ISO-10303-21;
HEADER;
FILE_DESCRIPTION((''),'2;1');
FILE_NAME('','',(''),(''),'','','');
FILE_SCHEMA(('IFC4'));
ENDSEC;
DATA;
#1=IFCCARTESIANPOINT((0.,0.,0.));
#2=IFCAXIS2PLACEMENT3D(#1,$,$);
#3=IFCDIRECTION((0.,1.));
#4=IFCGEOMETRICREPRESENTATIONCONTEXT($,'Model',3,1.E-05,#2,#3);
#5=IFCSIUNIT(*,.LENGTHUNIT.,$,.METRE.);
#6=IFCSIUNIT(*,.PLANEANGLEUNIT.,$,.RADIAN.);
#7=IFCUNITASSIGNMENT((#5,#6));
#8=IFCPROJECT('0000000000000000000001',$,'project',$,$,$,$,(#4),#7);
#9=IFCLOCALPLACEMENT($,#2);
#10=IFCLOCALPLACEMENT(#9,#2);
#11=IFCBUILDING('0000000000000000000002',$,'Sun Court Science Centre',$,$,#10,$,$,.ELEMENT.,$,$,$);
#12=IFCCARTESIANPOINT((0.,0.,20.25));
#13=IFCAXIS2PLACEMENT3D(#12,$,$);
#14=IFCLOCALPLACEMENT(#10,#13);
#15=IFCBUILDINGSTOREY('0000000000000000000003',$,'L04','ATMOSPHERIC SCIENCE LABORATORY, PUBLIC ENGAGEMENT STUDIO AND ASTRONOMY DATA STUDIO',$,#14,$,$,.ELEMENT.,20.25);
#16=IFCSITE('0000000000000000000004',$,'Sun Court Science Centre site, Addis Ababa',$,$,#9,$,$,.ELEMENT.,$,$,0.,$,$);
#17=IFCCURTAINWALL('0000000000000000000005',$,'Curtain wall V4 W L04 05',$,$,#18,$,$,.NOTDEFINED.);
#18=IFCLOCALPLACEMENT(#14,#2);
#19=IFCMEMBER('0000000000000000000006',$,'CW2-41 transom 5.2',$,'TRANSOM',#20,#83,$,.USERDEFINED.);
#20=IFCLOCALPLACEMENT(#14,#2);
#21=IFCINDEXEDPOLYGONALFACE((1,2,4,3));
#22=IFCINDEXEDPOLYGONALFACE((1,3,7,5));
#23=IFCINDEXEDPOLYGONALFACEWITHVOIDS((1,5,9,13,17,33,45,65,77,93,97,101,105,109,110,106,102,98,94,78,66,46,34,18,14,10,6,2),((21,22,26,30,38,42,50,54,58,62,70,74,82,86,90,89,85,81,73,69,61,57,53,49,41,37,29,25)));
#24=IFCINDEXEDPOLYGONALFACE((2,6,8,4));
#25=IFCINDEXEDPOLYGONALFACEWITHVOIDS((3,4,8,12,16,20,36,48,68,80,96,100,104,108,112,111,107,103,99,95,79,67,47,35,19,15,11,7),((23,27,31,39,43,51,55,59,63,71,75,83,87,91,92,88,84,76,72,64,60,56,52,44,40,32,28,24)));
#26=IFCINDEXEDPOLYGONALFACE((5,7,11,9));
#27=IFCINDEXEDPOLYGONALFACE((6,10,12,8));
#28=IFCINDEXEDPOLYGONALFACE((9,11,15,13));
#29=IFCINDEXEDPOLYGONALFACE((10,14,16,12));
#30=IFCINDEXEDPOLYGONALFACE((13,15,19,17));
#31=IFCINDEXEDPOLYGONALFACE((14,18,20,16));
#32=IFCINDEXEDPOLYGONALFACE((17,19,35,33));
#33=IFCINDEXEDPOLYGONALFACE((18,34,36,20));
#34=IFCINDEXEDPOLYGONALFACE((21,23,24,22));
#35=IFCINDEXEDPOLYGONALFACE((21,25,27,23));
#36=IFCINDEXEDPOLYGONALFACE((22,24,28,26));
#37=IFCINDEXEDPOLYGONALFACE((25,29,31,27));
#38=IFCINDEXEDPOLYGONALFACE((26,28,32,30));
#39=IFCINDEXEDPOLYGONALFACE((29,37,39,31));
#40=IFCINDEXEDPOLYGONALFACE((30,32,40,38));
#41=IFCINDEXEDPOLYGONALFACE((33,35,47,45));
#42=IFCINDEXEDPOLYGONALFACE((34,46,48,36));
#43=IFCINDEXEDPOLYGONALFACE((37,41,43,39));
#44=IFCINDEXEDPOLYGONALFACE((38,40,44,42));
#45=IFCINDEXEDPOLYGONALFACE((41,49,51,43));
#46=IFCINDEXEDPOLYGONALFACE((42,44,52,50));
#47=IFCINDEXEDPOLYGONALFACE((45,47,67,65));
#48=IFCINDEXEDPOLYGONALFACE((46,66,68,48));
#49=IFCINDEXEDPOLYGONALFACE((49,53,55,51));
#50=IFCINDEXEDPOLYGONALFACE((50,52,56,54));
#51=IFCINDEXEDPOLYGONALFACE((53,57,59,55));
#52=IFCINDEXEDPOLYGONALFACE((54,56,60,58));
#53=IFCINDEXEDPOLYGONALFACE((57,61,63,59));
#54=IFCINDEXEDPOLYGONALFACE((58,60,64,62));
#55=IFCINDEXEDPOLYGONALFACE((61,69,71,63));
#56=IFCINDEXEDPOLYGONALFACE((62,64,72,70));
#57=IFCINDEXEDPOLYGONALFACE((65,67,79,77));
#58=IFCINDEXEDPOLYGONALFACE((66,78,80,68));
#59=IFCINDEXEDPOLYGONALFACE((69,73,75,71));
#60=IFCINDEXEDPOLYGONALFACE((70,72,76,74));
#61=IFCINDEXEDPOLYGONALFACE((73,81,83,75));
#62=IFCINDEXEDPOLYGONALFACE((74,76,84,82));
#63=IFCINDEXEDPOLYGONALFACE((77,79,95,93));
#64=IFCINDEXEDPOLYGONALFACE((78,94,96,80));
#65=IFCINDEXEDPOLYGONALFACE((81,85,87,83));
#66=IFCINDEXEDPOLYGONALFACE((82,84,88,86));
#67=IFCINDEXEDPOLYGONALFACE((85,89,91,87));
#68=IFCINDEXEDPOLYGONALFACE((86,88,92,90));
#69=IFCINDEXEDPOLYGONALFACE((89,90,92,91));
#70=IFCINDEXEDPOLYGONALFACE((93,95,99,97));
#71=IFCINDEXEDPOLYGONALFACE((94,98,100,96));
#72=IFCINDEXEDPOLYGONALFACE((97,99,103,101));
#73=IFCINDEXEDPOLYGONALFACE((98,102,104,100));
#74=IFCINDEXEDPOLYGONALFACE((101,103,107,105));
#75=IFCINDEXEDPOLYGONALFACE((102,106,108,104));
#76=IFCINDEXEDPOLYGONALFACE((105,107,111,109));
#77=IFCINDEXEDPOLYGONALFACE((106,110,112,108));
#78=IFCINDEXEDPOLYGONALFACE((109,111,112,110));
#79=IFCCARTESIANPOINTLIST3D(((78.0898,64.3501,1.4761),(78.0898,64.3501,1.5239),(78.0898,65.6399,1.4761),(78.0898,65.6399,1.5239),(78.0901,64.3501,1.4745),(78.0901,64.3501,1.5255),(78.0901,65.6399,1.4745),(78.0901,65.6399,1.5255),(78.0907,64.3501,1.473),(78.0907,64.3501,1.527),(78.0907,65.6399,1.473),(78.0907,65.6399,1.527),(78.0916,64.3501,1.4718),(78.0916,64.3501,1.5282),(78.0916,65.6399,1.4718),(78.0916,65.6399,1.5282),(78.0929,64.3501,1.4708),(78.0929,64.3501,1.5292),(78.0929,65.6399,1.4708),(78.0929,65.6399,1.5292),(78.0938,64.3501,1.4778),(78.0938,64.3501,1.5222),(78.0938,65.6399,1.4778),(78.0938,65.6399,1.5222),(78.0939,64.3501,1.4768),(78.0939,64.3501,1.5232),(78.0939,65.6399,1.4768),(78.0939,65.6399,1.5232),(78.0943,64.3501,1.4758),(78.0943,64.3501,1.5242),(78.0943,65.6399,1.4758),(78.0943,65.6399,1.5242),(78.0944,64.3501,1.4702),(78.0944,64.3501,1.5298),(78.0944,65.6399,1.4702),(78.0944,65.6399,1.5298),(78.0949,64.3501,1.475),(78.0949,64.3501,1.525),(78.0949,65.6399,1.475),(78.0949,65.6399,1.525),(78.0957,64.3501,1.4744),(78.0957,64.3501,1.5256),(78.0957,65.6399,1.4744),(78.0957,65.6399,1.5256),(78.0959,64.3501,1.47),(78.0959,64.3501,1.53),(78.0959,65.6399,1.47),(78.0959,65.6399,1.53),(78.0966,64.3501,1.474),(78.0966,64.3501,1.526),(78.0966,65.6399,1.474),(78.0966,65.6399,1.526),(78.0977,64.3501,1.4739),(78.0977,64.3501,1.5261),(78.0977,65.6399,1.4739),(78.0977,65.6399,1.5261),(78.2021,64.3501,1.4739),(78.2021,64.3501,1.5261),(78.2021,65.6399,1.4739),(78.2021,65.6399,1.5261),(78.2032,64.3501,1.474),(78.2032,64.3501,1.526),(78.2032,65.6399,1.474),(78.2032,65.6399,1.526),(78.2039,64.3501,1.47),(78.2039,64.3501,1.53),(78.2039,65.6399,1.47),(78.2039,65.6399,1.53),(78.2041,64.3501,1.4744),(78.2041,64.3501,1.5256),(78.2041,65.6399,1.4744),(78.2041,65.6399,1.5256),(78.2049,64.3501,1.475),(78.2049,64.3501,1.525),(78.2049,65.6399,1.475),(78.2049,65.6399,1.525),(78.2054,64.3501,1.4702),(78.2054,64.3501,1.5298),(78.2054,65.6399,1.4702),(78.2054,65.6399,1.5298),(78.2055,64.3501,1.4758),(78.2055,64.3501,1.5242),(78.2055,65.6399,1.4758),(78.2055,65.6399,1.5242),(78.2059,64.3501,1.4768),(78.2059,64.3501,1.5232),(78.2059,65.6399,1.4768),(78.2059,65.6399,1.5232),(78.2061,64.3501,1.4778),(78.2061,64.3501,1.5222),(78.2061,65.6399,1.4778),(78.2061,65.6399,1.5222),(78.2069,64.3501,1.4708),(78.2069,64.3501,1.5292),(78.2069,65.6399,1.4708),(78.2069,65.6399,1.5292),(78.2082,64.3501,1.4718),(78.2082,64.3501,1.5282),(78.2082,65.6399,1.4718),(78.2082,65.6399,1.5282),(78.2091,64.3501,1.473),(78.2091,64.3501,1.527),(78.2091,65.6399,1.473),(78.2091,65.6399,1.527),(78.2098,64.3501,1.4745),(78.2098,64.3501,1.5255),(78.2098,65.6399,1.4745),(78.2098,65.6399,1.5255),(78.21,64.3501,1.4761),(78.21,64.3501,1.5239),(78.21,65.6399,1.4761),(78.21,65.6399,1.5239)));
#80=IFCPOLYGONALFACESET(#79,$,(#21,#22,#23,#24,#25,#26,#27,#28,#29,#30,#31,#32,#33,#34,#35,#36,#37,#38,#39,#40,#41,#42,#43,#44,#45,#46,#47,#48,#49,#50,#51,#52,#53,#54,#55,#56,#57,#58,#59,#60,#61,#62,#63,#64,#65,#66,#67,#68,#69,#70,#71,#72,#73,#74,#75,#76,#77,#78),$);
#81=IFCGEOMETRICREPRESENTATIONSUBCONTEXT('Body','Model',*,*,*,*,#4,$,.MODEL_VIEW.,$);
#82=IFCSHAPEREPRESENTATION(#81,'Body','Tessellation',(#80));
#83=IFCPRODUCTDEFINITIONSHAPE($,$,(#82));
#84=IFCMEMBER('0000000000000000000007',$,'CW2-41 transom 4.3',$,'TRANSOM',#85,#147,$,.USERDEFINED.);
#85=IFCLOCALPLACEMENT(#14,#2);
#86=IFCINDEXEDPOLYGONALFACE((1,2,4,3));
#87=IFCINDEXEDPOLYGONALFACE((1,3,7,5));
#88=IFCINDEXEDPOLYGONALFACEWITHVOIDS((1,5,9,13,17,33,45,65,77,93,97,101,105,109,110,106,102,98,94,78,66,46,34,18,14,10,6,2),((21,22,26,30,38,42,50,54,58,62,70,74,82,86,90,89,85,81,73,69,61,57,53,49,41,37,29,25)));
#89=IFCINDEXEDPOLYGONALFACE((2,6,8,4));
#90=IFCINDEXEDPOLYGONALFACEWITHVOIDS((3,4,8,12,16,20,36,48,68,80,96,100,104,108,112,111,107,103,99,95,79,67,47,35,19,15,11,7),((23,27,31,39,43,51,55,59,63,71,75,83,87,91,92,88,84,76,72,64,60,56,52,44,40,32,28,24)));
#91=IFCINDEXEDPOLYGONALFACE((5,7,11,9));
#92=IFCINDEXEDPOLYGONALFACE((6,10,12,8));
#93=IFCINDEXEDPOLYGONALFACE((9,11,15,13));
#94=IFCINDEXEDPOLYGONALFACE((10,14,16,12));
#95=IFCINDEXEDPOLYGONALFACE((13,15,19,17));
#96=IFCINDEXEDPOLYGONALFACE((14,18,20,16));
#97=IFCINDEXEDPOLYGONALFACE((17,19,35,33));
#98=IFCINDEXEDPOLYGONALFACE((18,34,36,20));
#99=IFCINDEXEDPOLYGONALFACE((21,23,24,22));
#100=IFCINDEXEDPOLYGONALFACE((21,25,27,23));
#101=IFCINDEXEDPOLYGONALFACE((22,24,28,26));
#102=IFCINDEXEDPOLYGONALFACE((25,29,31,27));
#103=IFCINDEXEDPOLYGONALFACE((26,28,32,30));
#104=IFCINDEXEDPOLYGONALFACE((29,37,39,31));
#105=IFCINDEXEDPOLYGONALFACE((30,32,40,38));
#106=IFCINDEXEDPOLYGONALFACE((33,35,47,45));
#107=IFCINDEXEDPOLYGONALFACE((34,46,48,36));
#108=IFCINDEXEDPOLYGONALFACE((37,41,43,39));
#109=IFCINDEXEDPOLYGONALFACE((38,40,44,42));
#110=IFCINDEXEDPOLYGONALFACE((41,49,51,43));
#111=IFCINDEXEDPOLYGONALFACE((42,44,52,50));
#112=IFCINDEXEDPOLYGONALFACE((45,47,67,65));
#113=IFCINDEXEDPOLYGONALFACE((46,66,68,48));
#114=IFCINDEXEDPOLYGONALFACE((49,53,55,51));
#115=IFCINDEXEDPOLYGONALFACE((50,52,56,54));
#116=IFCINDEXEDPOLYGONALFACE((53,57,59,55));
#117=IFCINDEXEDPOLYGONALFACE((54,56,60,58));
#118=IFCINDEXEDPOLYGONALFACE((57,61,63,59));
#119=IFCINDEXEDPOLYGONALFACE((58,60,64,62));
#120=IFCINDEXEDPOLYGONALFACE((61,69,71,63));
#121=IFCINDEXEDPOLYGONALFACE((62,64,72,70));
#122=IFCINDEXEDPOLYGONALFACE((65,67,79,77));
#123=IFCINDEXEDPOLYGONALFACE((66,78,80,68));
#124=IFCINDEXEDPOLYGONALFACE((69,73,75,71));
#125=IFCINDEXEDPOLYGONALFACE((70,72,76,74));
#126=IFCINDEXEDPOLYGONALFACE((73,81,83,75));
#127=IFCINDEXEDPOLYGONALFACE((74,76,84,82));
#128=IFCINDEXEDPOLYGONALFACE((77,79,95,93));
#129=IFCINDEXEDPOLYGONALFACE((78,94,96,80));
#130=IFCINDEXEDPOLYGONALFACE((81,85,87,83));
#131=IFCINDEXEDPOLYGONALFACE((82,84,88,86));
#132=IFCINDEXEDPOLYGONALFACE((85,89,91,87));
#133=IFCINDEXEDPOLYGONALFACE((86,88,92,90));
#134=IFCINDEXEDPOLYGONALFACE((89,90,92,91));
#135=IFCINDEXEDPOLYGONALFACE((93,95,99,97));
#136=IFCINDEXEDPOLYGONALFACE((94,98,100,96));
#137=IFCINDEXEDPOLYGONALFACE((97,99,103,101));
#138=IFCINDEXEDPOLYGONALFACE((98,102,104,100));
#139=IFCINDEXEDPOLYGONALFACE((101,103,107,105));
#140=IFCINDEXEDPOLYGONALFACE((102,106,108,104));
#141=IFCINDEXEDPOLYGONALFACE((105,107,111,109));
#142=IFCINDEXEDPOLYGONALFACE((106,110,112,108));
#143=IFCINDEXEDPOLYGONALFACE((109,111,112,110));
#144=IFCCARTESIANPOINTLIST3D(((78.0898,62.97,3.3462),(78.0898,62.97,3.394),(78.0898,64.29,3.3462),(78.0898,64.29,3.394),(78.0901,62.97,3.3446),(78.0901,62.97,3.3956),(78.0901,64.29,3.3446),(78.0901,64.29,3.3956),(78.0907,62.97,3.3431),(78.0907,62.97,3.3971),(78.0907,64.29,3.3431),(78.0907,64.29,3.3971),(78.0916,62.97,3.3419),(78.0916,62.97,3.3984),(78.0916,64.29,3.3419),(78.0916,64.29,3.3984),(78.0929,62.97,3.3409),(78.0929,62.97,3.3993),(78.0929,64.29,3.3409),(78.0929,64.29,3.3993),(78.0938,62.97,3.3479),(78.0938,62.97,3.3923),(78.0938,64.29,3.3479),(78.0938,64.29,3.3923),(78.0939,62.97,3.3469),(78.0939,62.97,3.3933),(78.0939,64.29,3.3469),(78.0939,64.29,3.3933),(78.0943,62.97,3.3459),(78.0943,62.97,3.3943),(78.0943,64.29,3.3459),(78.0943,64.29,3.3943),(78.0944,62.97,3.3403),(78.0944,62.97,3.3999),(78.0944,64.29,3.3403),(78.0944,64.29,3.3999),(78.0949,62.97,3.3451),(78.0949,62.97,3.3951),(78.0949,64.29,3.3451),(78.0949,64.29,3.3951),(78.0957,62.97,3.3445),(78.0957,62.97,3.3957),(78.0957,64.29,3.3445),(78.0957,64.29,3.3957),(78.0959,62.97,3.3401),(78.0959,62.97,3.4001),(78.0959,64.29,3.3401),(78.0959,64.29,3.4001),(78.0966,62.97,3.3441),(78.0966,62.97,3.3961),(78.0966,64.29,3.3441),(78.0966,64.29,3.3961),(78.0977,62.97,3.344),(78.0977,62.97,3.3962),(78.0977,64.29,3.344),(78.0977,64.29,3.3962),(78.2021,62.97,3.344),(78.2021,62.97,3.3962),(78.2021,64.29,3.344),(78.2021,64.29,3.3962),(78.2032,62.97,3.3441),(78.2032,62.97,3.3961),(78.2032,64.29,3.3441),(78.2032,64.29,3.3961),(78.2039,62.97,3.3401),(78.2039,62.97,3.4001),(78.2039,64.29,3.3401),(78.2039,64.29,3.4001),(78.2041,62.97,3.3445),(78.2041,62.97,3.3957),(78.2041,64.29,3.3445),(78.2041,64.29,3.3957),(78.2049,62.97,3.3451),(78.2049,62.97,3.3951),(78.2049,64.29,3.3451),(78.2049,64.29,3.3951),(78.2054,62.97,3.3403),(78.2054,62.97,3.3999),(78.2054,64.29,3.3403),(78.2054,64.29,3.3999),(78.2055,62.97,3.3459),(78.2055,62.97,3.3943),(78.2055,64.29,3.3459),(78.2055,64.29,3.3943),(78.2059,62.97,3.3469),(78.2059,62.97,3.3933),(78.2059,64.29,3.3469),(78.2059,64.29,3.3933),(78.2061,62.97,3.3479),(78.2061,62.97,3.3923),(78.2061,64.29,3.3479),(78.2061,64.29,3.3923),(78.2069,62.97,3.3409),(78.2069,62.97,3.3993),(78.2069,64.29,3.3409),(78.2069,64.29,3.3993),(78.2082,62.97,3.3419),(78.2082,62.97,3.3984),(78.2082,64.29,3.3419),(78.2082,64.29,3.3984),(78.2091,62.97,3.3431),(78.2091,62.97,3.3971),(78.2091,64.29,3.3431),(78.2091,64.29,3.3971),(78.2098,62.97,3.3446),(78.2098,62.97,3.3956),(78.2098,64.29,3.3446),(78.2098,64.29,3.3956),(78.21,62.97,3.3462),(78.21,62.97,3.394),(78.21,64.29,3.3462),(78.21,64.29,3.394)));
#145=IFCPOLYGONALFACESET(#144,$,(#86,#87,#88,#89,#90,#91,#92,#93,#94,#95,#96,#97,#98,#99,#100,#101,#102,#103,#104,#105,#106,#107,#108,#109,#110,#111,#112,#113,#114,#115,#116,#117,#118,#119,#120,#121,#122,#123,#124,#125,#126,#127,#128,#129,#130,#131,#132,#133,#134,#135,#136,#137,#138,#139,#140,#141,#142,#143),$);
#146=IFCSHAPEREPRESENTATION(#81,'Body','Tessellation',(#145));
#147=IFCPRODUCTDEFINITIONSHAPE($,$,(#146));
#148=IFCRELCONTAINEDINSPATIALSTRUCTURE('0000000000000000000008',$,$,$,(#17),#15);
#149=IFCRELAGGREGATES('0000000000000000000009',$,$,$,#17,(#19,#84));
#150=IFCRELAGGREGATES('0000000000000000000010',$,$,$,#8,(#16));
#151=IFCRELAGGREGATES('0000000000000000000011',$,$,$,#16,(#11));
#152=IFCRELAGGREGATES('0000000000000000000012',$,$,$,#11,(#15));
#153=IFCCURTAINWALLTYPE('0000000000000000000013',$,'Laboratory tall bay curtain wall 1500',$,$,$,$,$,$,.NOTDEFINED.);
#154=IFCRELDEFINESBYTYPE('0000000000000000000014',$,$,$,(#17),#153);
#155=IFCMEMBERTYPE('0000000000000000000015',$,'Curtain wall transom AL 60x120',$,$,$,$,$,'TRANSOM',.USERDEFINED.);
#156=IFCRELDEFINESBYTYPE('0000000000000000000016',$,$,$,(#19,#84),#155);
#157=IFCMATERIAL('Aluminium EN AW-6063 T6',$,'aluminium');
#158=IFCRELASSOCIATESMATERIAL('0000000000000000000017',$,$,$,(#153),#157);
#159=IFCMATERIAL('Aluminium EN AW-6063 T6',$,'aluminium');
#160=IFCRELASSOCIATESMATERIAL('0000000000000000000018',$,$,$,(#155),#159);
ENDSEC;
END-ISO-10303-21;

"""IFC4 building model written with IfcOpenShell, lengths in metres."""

from ifc_helpers import new_model, si_unit, direction, frame, origin, origin_2d, place, context, subcontext, project, spatial, hollow_rectangle, extrude, material, material_profile, profile_set, type_object, element, aggregate, save


model = new_model("IFC4")

# Units and contexts
model_context = context("Model", 3, precision=1e-05, world=origin(), true_north=direction((0.0, 1.0)))
body_context = subcontext(model_context, "Body", "Model", "MODEL_VIEW")
ifc_project = project(units=[si_unit("LENGTHUNIT", "METRE"), si_unit("PLANEANGLEUNIT", "RADIAN")], contexts=[model_context])

# Site, building, storey
site_placement = place(None, origin())
site = spatial("IfcSite", under=ifc_project, at=site_placement, Name="Sun Court Science Centre site, Addis Ababa", CompositionType="ELEMENT", RefElevation=0.0)
building_placement = place(site_placement, origin())
building = spatial("IfcBuilding", under=site, at=building_placement, Name="Sun Court Science Centre", CompositionType="ELEMENT")
storey_placement = place(building_placement, frame((0.0, 0.0, 20.25)))
storey = spatial("IfcBuildingStorey", under=building, at=storey_placement, Name="L04", Description="ATMOSPHERIC SCIENCE LABORATORY, PUBLIC ENGAGEMENT STUDIO AND ASTRONOMY DATA STUDIO", CompositionType="ELEMENT", Elevation=20.25)

# Curtain wall
ifc_material_1 = material(Name="Aluminium EN AW-6063 T6", Category="aluminium")
curtain_wall_type = type_object("IfcCurtainWallType", Name="Laboratory tall bay curtain wall 1500", PredefinedType="NOTDEFINED", material=ifc_material_1)
curtain_wall_1_placement = place(storey_placement, origin())
curtain_wall_1 = element("IfcCurtainWall", 1, at=curtain_wall_1_placement, inside=storey, type_object=curtain_wall_type, Name="Curtain wall V4 W L04 05", PredefinedType="NOTDEFINED")

# Members
ifc_material_2 = material(Name="Aluminium EN AW-6063 T6", Category="aluminium")
ifc_material_profile_1 = material_profile(ifc_material_2, hollow_rectangle(XDim=0.0601, YDim=0.1201, WallThickness=0.0039, InnerFilletRadius=0.0039, OuterFilletRadius=0.0061, at=origin_2d()), Name="AL 60x120x4")
ifc_profile_set_1 = profile_set([ifc_material_profile_1], Name="Aluminium EN AW-6063 T6")
member_type_1 = type_object("IfcMemberType", Name="Curtain wall transom AL 60x120", ElementType="TRANSOM", PredefinedType="USERDEFINED", material=ifc_profile_set_1)
member_1_placement = place(storey_placement, frame((78.1499, 64.3501, 1.5), z_axis=(0.0, 1.0, 0.0), x_axis=(0.0, 0.0, 1.0)))
member_1 = element("IfcMember", 2, at=member_1_placement, type_object=member_type_1, Name="CW2-41 transom 5.2", ObjectType="TRANSOM", PredefinedType="USERDEFINED", context=body_context, shape_type="SweptSolid", body=[
    extrude(hollow_rectangle(XDim=0.0601, YDim=0.1201, WallThickness=0.0039, InnerFilletRadius=0.0039, OuterFilletRadius=0.0061, at=origin_2d()), origin(), (0.0, 0.0, 1.0), 1.2898),
])
member_2_placement = place(storey_placement, frame((78.1499, 62.97, 3.3701), z_axis=(0.0, 1.0, 0.0), x_axis=(0.0, 0.0, 1.0)))
member_2 = element("IfcMember", 3, at=member_2_placement, type_object=member_type_1, Name="CW2-41 transom 4.3", ObjectType="TRANSOM", PredefinedType="USERDEFINED", context=body_context, shape_type="SweptSolid", body=[
    extrude(hollow_rectangle(XDim=0.0601, YDim=0.1201, WallThickness=0.0039, InnerFilletRadius=0.0039, OuterFilletRadius=0.0061, at=origin_2d()), origin(), (0.0, 0.0, 1.0), 1.3201),
])

aggregate(curtain_wall_1, [member_1, member_2])

save(model, "model.ifc")
